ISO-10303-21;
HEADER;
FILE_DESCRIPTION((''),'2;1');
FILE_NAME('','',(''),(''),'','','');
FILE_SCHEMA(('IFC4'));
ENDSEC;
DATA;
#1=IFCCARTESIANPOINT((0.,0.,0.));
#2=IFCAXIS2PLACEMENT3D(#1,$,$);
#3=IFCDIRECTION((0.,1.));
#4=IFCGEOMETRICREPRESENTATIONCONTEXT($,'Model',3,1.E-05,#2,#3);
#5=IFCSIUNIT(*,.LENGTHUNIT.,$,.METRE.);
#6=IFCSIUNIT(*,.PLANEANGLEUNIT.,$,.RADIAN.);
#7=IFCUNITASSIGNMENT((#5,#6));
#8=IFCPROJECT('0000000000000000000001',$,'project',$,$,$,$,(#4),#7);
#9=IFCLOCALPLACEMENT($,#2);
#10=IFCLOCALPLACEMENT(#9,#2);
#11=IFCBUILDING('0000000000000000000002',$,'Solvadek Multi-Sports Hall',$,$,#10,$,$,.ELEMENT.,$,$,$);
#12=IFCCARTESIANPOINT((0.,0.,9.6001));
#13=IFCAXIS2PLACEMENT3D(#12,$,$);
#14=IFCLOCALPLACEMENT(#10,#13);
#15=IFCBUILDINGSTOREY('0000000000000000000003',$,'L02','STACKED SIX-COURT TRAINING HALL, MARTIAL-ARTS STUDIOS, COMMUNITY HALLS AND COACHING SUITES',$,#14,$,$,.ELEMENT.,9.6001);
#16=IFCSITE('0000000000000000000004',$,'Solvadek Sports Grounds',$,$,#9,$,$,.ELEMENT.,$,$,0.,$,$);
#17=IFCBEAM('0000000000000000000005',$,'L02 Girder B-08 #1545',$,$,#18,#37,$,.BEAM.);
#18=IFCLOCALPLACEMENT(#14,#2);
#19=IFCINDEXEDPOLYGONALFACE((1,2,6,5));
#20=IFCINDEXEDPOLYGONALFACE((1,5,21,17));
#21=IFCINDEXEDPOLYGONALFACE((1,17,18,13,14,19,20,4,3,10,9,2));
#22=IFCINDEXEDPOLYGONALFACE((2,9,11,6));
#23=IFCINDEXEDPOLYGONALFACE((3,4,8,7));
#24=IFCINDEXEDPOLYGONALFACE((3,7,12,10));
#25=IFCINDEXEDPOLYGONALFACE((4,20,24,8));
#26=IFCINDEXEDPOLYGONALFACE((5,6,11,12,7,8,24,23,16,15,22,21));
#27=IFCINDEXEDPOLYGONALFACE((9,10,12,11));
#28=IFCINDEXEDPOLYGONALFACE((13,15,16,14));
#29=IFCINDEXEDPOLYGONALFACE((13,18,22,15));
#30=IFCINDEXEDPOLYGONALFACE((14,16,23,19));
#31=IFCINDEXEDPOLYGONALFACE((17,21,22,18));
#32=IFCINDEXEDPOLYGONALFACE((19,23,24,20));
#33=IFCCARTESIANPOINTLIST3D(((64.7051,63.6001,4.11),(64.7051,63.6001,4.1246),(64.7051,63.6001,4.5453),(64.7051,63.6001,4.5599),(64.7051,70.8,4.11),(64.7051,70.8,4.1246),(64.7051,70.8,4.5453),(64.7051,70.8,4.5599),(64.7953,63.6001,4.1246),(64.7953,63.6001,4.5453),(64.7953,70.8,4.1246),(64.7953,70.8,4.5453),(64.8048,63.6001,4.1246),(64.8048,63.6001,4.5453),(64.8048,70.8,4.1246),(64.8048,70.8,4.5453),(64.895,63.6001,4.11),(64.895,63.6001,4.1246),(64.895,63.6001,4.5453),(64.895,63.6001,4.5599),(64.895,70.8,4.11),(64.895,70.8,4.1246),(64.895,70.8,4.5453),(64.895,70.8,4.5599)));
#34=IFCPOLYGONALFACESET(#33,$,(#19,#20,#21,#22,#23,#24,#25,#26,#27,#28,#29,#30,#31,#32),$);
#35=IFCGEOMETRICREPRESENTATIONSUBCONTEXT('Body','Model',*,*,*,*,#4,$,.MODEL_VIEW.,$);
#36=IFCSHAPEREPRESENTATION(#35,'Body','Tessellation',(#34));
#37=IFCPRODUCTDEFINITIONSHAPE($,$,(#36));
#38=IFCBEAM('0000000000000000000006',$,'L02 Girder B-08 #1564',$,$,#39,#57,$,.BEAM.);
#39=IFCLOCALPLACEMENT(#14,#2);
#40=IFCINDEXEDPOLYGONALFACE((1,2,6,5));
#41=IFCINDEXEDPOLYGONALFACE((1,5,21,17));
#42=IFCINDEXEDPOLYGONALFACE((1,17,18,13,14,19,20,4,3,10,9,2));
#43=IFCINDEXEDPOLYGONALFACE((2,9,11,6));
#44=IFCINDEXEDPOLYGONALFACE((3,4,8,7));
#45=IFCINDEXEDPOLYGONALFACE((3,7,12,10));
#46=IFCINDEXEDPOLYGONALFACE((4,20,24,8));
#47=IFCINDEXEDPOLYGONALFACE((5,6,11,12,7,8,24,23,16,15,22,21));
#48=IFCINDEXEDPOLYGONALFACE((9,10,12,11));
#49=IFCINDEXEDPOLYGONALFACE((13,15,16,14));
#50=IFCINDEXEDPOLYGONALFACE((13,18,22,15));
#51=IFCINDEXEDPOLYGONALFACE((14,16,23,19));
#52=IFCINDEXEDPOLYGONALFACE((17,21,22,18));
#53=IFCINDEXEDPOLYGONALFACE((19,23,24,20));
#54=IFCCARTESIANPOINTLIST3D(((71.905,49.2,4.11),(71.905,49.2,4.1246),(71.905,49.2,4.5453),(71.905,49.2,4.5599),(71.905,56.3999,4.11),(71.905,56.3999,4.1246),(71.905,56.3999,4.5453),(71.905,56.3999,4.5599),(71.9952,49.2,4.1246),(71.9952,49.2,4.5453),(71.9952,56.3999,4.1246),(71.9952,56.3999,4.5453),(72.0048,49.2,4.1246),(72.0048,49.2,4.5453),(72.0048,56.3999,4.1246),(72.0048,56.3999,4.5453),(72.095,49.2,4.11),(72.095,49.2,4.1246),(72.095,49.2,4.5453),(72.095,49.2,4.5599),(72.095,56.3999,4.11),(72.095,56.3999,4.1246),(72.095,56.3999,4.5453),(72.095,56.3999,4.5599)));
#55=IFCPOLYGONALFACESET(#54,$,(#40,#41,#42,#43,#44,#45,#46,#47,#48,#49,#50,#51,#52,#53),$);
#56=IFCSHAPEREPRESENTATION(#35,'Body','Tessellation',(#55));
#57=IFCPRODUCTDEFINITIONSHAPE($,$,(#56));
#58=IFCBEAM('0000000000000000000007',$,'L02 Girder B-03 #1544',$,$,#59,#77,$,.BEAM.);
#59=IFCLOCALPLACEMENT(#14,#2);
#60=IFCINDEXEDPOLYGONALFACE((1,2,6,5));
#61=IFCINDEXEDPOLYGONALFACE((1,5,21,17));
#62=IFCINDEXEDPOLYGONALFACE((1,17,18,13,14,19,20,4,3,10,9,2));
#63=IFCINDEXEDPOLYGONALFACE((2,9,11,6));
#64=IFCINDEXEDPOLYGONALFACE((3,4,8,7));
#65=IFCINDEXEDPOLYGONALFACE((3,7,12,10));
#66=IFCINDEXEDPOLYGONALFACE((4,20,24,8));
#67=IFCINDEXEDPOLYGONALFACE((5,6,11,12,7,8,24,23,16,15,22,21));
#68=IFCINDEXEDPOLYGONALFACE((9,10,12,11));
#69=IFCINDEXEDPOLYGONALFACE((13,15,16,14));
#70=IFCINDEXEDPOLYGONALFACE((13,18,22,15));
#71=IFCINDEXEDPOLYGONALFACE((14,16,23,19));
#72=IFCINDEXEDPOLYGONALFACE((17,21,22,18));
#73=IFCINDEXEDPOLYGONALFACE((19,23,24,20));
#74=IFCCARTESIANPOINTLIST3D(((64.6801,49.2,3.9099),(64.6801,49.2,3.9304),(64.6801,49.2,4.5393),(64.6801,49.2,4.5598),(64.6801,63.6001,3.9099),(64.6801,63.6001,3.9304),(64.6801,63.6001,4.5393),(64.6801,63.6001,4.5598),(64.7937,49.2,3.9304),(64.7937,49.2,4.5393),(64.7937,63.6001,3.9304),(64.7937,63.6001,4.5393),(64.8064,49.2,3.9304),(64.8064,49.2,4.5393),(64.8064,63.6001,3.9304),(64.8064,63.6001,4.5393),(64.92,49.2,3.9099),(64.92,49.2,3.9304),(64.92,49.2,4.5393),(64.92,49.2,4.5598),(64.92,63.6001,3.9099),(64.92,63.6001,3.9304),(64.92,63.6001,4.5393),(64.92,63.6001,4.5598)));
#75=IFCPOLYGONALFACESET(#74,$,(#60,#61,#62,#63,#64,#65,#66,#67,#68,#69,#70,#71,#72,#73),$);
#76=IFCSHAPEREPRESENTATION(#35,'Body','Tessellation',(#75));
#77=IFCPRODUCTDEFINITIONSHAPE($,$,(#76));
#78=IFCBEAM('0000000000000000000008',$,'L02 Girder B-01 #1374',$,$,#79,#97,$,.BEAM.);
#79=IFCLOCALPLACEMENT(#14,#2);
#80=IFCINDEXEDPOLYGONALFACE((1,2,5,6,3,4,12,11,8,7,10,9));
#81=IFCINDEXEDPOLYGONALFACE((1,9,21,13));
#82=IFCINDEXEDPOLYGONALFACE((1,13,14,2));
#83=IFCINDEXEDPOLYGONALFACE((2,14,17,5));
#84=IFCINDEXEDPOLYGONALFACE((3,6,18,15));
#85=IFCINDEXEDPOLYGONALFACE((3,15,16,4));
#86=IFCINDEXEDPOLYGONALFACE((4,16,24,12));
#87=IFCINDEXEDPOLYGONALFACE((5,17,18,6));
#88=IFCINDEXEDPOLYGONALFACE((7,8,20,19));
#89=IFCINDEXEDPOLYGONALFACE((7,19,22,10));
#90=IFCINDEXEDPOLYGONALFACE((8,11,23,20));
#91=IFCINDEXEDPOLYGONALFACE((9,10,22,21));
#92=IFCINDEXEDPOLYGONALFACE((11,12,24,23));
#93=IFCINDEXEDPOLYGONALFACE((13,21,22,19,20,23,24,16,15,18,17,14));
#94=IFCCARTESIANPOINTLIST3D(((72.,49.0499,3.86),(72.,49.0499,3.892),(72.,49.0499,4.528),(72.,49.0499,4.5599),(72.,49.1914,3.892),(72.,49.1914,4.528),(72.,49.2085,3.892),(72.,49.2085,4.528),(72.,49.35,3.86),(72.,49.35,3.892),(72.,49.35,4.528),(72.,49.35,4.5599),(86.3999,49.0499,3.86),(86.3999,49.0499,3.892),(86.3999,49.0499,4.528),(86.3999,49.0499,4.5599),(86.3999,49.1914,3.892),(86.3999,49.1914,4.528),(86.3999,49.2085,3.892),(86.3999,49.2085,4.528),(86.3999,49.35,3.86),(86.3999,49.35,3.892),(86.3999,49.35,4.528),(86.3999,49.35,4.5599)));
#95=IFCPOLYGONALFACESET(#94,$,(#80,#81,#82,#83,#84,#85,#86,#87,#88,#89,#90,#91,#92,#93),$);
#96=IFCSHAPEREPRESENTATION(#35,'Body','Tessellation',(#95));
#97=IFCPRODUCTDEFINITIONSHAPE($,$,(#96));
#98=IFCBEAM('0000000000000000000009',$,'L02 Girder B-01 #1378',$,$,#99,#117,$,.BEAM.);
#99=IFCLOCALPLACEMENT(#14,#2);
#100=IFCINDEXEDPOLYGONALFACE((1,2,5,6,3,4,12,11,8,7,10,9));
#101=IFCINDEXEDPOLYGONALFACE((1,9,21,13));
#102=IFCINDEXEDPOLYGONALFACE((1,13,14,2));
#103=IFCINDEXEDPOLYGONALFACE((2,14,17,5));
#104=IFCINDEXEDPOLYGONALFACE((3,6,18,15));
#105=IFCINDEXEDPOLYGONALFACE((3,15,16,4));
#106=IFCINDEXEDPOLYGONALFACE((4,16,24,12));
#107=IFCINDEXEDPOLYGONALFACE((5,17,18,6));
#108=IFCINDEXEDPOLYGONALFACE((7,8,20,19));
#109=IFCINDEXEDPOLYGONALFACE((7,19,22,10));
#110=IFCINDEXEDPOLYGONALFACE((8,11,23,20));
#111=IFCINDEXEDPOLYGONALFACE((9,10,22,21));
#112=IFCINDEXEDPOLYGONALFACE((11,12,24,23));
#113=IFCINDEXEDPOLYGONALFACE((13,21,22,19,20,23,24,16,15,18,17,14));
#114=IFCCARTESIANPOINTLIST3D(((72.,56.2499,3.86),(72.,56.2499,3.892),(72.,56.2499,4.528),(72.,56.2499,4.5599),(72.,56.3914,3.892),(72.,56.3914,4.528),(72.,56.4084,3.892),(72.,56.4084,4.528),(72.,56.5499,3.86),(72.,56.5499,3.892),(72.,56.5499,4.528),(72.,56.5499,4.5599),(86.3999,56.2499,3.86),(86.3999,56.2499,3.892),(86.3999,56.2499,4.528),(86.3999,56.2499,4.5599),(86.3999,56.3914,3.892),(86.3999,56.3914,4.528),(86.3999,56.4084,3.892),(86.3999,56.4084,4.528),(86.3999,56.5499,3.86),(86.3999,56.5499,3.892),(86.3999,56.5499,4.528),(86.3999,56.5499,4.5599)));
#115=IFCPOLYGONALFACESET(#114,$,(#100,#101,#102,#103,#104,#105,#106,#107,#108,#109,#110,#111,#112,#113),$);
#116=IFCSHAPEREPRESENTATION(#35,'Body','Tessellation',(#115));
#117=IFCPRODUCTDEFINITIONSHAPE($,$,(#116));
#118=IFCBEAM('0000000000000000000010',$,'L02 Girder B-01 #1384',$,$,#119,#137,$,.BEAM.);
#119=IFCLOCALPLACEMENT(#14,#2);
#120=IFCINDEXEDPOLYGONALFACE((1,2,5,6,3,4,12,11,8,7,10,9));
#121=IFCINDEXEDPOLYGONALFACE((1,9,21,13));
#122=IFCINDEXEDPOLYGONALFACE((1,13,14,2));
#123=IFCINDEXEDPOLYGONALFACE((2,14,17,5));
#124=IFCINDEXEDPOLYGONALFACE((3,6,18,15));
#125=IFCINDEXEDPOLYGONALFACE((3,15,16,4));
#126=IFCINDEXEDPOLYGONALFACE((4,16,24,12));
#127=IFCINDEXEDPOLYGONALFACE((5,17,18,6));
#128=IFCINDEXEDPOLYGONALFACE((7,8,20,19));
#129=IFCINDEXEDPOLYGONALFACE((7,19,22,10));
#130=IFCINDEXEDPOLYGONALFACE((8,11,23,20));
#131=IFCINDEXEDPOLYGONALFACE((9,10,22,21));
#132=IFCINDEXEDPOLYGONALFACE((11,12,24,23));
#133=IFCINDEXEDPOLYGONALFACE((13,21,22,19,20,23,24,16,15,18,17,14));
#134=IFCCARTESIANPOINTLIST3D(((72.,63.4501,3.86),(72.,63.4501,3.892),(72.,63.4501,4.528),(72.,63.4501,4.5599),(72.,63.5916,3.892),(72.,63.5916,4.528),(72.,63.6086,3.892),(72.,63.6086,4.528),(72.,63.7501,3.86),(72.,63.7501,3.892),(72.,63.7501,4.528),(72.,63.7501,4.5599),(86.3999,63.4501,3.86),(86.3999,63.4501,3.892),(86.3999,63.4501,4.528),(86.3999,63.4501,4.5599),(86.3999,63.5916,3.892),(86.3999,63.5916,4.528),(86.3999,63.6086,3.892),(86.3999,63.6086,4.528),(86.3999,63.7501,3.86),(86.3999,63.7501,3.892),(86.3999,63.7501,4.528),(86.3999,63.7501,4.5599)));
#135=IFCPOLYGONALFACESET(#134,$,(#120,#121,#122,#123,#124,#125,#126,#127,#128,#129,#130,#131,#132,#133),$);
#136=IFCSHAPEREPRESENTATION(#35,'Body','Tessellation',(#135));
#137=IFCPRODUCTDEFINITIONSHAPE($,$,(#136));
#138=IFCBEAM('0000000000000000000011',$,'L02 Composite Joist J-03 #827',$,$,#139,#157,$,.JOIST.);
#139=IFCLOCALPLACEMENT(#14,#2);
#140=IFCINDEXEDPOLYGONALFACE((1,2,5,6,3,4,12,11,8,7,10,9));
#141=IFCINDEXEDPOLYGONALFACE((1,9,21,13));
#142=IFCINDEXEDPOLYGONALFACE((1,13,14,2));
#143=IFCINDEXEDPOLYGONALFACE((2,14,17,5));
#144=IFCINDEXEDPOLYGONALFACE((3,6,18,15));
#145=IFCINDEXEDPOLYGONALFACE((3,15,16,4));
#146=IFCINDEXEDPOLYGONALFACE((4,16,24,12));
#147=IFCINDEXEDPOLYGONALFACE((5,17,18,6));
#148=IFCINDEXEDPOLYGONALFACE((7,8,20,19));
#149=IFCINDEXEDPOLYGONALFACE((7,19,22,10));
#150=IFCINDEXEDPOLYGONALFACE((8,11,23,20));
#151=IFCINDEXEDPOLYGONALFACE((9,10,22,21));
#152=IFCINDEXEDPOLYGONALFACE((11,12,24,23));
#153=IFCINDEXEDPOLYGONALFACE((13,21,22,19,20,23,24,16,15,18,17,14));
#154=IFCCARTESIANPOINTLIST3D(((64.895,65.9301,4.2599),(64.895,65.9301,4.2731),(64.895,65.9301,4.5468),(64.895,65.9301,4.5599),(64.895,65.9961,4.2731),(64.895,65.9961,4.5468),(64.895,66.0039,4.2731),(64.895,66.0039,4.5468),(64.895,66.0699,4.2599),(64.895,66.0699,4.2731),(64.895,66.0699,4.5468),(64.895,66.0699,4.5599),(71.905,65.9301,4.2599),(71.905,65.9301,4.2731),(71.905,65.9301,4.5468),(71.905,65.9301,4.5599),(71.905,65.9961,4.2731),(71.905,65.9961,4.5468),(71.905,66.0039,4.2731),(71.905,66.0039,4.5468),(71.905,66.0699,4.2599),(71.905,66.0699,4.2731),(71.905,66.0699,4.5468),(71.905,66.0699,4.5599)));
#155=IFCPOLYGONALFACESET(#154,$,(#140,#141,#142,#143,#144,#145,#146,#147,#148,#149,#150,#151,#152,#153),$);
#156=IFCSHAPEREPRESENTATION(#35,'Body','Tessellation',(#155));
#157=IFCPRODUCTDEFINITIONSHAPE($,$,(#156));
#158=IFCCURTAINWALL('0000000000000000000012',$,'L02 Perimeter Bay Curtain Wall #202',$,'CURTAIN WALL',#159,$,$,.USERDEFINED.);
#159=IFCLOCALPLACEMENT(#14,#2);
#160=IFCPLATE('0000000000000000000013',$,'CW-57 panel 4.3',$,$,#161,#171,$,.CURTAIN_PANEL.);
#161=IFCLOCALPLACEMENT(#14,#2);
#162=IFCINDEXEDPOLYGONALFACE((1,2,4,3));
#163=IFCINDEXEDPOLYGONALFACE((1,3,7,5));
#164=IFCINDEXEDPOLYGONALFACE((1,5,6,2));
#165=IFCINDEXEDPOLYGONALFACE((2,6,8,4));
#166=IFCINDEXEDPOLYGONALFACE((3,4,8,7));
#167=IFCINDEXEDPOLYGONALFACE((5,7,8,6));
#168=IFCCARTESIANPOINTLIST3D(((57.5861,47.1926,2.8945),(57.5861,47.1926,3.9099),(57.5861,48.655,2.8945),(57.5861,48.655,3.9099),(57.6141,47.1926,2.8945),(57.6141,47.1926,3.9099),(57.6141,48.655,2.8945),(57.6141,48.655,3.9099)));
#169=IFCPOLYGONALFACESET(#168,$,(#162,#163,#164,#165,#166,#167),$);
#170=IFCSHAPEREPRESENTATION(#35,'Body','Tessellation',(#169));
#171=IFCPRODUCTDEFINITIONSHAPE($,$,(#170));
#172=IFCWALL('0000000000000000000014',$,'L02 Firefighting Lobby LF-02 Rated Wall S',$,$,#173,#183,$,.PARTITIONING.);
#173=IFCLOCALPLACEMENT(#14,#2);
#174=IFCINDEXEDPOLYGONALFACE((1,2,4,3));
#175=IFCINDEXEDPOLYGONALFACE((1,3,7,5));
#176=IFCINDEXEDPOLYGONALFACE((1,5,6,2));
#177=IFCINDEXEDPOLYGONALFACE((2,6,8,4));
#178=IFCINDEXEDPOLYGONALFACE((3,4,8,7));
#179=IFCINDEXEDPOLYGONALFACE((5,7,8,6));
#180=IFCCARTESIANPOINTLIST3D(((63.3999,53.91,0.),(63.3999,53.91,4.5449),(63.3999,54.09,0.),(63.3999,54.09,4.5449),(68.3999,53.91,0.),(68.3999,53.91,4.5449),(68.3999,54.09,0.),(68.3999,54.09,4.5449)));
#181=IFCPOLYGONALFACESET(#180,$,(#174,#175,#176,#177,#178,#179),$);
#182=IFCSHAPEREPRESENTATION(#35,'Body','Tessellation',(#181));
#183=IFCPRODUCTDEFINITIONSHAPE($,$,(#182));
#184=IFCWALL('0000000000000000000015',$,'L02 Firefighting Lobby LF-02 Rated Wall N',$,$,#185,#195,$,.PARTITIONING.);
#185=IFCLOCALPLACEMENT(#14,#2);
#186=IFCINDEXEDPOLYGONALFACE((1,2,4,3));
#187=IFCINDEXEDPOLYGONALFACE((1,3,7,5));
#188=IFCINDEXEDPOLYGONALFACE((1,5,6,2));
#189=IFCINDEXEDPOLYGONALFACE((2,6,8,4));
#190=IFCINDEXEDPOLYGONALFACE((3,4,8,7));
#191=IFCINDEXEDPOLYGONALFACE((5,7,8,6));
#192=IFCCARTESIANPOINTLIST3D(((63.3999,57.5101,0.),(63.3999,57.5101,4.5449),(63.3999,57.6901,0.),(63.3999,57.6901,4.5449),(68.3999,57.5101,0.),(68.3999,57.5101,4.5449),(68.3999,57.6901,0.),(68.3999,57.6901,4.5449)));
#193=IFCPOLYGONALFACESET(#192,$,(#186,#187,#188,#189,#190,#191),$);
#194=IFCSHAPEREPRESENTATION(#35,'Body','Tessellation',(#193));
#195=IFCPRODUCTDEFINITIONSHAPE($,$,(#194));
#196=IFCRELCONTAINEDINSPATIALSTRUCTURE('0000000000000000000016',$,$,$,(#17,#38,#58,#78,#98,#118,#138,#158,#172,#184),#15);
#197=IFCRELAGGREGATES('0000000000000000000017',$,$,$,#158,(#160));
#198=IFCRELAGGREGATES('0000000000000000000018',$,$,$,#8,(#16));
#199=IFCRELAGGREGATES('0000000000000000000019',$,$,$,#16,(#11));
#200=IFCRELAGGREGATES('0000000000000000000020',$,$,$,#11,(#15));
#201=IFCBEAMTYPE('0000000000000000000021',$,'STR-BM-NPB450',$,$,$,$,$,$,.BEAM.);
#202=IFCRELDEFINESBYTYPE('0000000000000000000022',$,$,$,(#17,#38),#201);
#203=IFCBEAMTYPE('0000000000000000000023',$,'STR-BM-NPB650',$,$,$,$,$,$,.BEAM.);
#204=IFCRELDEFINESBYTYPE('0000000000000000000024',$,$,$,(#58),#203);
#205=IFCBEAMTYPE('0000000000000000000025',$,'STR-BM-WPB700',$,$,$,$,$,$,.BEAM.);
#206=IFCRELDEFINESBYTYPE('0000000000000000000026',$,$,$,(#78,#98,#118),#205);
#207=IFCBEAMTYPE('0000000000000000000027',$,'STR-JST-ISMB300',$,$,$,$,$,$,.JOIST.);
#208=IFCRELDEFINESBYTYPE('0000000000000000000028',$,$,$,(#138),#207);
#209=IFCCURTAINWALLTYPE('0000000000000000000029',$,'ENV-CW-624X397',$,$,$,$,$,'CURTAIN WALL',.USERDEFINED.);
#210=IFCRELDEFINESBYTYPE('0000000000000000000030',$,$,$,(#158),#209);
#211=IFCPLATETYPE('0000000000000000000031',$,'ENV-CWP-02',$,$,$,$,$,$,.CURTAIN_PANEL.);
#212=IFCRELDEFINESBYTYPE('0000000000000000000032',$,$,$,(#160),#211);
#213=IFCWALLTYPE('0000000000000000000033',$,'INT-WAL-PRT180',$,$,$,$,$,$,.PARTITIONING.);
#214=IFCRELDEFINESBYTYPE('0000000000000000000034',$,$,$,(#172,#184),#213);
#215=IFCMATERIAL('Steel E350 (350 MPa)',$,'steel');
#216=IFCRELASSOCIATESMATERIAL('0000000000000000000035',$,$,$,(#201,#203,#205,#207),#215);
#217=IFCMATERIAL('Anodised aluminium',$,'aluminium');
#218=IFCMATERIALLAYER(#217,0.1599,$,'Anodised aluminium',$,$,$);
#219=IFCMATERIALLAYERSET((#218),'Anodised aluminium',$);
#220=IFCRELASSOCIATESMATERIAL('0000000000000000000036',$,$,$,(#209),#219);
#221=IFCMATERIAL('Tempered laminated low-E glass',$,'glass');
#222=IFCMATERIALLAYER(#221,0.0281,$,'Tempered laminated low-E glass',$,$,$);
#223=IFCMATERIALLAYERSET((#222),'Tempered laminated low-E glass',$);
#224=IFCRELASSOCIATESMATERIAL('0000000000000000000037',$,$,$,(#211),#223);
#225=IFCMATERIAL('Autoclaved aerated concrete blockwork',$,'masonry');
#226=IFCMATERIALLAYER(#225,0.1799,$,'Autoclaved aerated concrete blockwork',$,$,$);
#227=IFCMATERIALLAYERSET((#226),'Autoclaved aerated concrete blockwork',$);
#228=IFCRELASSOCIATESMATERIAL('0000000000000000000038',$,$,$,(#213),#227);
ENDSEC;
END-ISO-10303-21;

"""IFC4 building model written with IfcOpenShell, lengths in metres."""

from ifc_helpers import new_model, si_unit, direction, frame, frame_2d, origin, origin_2d, place, context, subcontext, project, spatial, rectangle, i_section, extrude, material, layer, layer_set, material_profile, profile_set, type_object, element, aggregate, save


model = new_model("IFC4")

# Units and contexts
model_context = context("Model", 3, precision=1e-05, world=origin(), true_north=direction((0.0, 1.0)))
body_context = subcontext(model_context, "Body", "Model", "MODEL_VIEW")
ifc_project = project(units=[si_unit("LENGTHUNIT", "METRE"), si_unit("PLANEANGLEUNIT", "RADIAN")], contexts=[model_context])

# Site, building, storey
site_placement = place(None, origin())
site = spatial("IfcSite", under=ifc_project, at=site_placement, Name="Solvadek Sports Grounds", CompositionType="ELEMENT", RefElevation=0.0)
building_placement = place(site_placement, origin())
building = spatial("IfcBuilding", under=site, at=building_placement, Name="Solvadek Multi-Sports Hall", CompositionType="ELEMENT")
storey_placement = place(building_placement, frame((0.0, 0.0, 9.6001)))
storey = spatial("IfcBuildingStorey", under=building, at=storey_placement, Name="L02", Description="STACKED SIX-COURT TRAINING HALL, MARTIAL-ARTS STUDIOS, COMMUNITY HALLS AND COACHING SUITES", CompositionType="ELEMENT", Elevation=9.6001)

# Shared definitions
ifc_material_1 = material(Name="Steel E350 (350 MPa)", Category="steel")

# Beams
ifc_material_profile_1 = material_profile(ifc_material_1, i_section(OverallWidth=0.1899, OverallDepth=0.45, WebThickness=0.0095, FlangeThickness=0.0146, at=origin_2d()), Name="NPB 450")
ifc_profile_set_1 = profile_set([ifc_material_profile_1], Name="Steel E350 (350 MPa)")
beam_type_1 = type_object("IfcBeamType", Name="STR-BM-NPB450", PredefinedType="BEAM", material=ifc_profile_set_1)
for number, where, z_axis, x_axis, name in (
    (1, (64.8, 63.6001, 4.335), (0.0, 1.0, 0.0), (-1.0, 0.0, 0.0), "L02 Girder B-08 #1545"),
    (2, (72.0, 49.2, 4.335), (0.0, 1.0, 0.0), (-1.0, 0.0, 0.0), "L02 Girder B-08 #1564"),
):
    element("IfcBeam", number, at=place(storey_placement, frame(where, z_axis=z_axis, x_axis=x_axis)), inside=storey, type_object=beam_type_1, Name=name, PredefinedType="BEAM", context=body_context, shape_type="SweptSolid", body=[
        extrude(i_section(OverallWidth=0.1899, OverallDepth=0.45, WebThickness=0.0095, FlangeThickness=0.0146, at=origin_2d()), origin(), (0.0, 0.0, 1.0), 7.2),
    ])
ifc_material_profile_2 = material_profile(ifc_material_1, i_section(OverallWidth=0.24, OverallDepth=0.6499, WebThickness=0.0127, FlangeThickness=0.0205, at=origin_2d()), Name="NPB 650")
ifc_profile_set_2 = profile_set([ifc_material_profile_2], Name="Steel E350 (350 MPa)")
beam_type_2 = type_object("IfcBeamType", Name="STR-BM-NPB650", PredefinedType="BEAM", material=ifc_profile_set_2)
beam_1_placement = place(storey_placement, frame((64.8, 49.2, 4.2349), z_axis=(0.0, 1.0, 0.0), x_axis=(-1.0, 0.0, 0.0)))
element("IfcBeam", 3, at=beam_1_placement, inside=storey, type_object=beam_type_2, Name="L02 Girder B-03 #1544", PredefinedType="BEAM", context=body_context, shape_type="SweptSolid", body=[
    extrude(i_section(OverallWidth=0.24, OverallDepth=0.6499, WebThickness=0.0127, FlangeThickness=0.0205, at=origin_2d()), origin(), (0.0, 0.0, 1.0), 14.4001),
])
ifc_material_profile_3 = material_profile(ifc_material_1, i_section(OverallWidth=0.3, OverallDepth=0.7, WebThickness=0.0171, FlangeThickness=0.032, at=origin_2d()), Name="WPB 700")
ifc_profile_set_3 = profile_set([ifc_material_profile_3], Name="Steel E350 (350 MPa)")
beam_type_3 = type_object("IfcBeamType", Name="STR-BM-WPB700", PredefinedType="BEAM", material=ifc_profile_set_3)
for number, where, z_axis, x_axis, name in (
    (4, (72.0, 49.2, 4.21), (1.0, 0.0, 0.0), (0.0, 1.0, 0.0), "L02 Girder B-01 #1374"),
    (5, (72.0, 56.3999, 4.21), (1.0, 0.0, 0.0), (0.0, 1.0, 0.0), "L02 Girder B-01 #1378"),
    (6, (72.0, 63.6001, 4.21), (1.0, 0.0, 0.0), (0.0, 1.0, 0.0), "L02 Girder B-01 #1384"),
):
    element("IfcBeam", number, at=place(storey_placement, frame(where, z_axis=z_axis, x_axis=x_axis)), inside=storey, type_object=beam_type_3, Name=name, PredefinedType="BEAM", context=body_context, shape_type="SweptSolid", body=[
        extrude(i_section(OverallWidth=0.3, OverallDepth=0.7, WebThickness=0.0171, FlangeThickness=0.032, at=origin_2d()), origin(), (0.0, 0.0, 1.0), 14.3999),
    ])
ifc_material_profile_4 = material_profile(ifc_material_1, i_section(OverallWidth=0.1399, OverallDepth=0.3, WebThickness=0.0078, FlangeThickness=0.0132, at=origin_2d()), Name="ISMB 300")
ifc_profile_set_4 = profile_set([ifc_material_profile_4], Name="Steel E350 (350 MPa)")
beam_type_4 = type_object("IfcBeamType", Name="STR-JST-ISMB300", PredefinedType="JOIST", material=ifc_profile_set_4)
beam_2_placement = place(storey_placement, frame((64.895, 66.0, 4.4099), z_axis=(1.0, 0.0, 0.0), x_axis=(0.0, 1.0, 0.0)))
element("IfcBeam", 7, at=beam_2_placement, inside=storey, type_object=beam_type_4, Name="L02 Composite Joist J-03 #827", PredefinedType="JOIST", context=body_context, shape_type="SweptSolid", body=[
    extrude(i_section(OverallWidth=0.1399, OverallDepth=0.3, WebThickness=0.0078, FlangeThickness=0.0132, at=origin_2d()), origin(), (0.0, 0.0, 1.0), 7.01),
])

# Curtain wall, plate
ifc_material_2 = material(Name="Anodised aluminium", Category="aluminium")
ifc_layer_1 = layer(ifc_material_2, 0.1599, Name="Anodised aluminium")
ifc_layer_set_1 = layer_set([ifc_layer_1], Name="Anodised aluminium")
curtain_wall_type = type_object("IfcCurtainWallType", Name="ENV-CW-624X397", ElementType="CURTAIN WALL", PredefinedType="USERDEFINED", material=ifc_layer_set_1)
curtain_wall_placement = place(storey_placement, origin())
curtain_wall = element("IfcCurtainWall", 8, at=curtain_wall_placement, inside=storey, type_object=curtain_wall_type, Name="L02 Perimeter Bay Curtain Wall #202", ObjectType="CURTAIN WALL", PredefinedType="USERDEFINED")
ifc_material_3 = material(Name="Tempered laminated low-E glass", Category="glass")
ifc_layer_2 = layer(ifc_material_3, 0.0281, Name="Tempered laminated low-E glass")
ifc_layer_set_2 = layer_set([ifc_layer_2], Name="Tempered laminated low-E glass")
plate_type = type_object("IfcPlateType", Name="ENV-CWP-02", PredefinedType="CURTAIN_PANEL", material=ifc_layer_set_2)
plate_placement = place(storey_placement, frame((57.6001, 47.9238, 2.8945), z_axis=(0.0, 0.0, 1.0), x_axis=(0.0, 1.0, 0.0)))
plate = element("IfcPlate", 9, at=plate_placement, type_object=plate_type, Name="CW-57 panel 4.3", PredefinedType="CURTAIN_PANEL", context=body_context, shape_type="SweptSolid", body=[
    extrude(rectangle(XDim=1.4624, YDim=0.0281, at=origin_2d()), origin(), (0.0, 0.0, 1.0), 1.0154),
])
aggregate(curtain_wall, [plate])

# Shared definitions
ifc_material_4 = material(Name="Autoclaved aerated concrete blockwork", Category="masonry")
ifc_layer_3 = layer(ifc_material_4, 0.1799, Name="Autoclaved aerated concrete blockwork")
ifc_layer_set_3 = layer_set([ifc_layer_3], Name="Autoclaved aerated concrete blockwork")
wall_type_1 = type_object("IfcWallType", Name="INT-WAL-PRT180", PredefinedType="PARTITIONING", material=ifc_layer_set_3)

# Walls
for number, where, z_axis, x_axis, name in (
    (10, (63.3999, 54.0, 0.0), (0.0, 0.0, 1.0), (1.0, 0.0, 0.0), "L02 Firefighting Lobby LF-02 Rated Wall S"),
    (11, (63.3999, 57.6001, 0.0), (0.0, 0.0, 1.0), (1.0, 0.0, 0.0), "L02 Firefighting Lobby LF-02 Rated Wall N"),
):
    element("IfcWall", number, at=place(storey_placement, frame(where, z_axis=z_axis, x_axis=x_axis)), inside=storey, type_object=wall_type_1, Name=name, PredefinedType="PARTITIONING", context=body_context, shape_type="SweptSolid", body=[
        extrude(rectangle(XDim=5.0, YDim=0.1799, at=frame_2d((2.5, 0.0))), origin(), (0.0, 0.0, 1.0), 4.5449),
    ])

save(model, "model.ifc")
